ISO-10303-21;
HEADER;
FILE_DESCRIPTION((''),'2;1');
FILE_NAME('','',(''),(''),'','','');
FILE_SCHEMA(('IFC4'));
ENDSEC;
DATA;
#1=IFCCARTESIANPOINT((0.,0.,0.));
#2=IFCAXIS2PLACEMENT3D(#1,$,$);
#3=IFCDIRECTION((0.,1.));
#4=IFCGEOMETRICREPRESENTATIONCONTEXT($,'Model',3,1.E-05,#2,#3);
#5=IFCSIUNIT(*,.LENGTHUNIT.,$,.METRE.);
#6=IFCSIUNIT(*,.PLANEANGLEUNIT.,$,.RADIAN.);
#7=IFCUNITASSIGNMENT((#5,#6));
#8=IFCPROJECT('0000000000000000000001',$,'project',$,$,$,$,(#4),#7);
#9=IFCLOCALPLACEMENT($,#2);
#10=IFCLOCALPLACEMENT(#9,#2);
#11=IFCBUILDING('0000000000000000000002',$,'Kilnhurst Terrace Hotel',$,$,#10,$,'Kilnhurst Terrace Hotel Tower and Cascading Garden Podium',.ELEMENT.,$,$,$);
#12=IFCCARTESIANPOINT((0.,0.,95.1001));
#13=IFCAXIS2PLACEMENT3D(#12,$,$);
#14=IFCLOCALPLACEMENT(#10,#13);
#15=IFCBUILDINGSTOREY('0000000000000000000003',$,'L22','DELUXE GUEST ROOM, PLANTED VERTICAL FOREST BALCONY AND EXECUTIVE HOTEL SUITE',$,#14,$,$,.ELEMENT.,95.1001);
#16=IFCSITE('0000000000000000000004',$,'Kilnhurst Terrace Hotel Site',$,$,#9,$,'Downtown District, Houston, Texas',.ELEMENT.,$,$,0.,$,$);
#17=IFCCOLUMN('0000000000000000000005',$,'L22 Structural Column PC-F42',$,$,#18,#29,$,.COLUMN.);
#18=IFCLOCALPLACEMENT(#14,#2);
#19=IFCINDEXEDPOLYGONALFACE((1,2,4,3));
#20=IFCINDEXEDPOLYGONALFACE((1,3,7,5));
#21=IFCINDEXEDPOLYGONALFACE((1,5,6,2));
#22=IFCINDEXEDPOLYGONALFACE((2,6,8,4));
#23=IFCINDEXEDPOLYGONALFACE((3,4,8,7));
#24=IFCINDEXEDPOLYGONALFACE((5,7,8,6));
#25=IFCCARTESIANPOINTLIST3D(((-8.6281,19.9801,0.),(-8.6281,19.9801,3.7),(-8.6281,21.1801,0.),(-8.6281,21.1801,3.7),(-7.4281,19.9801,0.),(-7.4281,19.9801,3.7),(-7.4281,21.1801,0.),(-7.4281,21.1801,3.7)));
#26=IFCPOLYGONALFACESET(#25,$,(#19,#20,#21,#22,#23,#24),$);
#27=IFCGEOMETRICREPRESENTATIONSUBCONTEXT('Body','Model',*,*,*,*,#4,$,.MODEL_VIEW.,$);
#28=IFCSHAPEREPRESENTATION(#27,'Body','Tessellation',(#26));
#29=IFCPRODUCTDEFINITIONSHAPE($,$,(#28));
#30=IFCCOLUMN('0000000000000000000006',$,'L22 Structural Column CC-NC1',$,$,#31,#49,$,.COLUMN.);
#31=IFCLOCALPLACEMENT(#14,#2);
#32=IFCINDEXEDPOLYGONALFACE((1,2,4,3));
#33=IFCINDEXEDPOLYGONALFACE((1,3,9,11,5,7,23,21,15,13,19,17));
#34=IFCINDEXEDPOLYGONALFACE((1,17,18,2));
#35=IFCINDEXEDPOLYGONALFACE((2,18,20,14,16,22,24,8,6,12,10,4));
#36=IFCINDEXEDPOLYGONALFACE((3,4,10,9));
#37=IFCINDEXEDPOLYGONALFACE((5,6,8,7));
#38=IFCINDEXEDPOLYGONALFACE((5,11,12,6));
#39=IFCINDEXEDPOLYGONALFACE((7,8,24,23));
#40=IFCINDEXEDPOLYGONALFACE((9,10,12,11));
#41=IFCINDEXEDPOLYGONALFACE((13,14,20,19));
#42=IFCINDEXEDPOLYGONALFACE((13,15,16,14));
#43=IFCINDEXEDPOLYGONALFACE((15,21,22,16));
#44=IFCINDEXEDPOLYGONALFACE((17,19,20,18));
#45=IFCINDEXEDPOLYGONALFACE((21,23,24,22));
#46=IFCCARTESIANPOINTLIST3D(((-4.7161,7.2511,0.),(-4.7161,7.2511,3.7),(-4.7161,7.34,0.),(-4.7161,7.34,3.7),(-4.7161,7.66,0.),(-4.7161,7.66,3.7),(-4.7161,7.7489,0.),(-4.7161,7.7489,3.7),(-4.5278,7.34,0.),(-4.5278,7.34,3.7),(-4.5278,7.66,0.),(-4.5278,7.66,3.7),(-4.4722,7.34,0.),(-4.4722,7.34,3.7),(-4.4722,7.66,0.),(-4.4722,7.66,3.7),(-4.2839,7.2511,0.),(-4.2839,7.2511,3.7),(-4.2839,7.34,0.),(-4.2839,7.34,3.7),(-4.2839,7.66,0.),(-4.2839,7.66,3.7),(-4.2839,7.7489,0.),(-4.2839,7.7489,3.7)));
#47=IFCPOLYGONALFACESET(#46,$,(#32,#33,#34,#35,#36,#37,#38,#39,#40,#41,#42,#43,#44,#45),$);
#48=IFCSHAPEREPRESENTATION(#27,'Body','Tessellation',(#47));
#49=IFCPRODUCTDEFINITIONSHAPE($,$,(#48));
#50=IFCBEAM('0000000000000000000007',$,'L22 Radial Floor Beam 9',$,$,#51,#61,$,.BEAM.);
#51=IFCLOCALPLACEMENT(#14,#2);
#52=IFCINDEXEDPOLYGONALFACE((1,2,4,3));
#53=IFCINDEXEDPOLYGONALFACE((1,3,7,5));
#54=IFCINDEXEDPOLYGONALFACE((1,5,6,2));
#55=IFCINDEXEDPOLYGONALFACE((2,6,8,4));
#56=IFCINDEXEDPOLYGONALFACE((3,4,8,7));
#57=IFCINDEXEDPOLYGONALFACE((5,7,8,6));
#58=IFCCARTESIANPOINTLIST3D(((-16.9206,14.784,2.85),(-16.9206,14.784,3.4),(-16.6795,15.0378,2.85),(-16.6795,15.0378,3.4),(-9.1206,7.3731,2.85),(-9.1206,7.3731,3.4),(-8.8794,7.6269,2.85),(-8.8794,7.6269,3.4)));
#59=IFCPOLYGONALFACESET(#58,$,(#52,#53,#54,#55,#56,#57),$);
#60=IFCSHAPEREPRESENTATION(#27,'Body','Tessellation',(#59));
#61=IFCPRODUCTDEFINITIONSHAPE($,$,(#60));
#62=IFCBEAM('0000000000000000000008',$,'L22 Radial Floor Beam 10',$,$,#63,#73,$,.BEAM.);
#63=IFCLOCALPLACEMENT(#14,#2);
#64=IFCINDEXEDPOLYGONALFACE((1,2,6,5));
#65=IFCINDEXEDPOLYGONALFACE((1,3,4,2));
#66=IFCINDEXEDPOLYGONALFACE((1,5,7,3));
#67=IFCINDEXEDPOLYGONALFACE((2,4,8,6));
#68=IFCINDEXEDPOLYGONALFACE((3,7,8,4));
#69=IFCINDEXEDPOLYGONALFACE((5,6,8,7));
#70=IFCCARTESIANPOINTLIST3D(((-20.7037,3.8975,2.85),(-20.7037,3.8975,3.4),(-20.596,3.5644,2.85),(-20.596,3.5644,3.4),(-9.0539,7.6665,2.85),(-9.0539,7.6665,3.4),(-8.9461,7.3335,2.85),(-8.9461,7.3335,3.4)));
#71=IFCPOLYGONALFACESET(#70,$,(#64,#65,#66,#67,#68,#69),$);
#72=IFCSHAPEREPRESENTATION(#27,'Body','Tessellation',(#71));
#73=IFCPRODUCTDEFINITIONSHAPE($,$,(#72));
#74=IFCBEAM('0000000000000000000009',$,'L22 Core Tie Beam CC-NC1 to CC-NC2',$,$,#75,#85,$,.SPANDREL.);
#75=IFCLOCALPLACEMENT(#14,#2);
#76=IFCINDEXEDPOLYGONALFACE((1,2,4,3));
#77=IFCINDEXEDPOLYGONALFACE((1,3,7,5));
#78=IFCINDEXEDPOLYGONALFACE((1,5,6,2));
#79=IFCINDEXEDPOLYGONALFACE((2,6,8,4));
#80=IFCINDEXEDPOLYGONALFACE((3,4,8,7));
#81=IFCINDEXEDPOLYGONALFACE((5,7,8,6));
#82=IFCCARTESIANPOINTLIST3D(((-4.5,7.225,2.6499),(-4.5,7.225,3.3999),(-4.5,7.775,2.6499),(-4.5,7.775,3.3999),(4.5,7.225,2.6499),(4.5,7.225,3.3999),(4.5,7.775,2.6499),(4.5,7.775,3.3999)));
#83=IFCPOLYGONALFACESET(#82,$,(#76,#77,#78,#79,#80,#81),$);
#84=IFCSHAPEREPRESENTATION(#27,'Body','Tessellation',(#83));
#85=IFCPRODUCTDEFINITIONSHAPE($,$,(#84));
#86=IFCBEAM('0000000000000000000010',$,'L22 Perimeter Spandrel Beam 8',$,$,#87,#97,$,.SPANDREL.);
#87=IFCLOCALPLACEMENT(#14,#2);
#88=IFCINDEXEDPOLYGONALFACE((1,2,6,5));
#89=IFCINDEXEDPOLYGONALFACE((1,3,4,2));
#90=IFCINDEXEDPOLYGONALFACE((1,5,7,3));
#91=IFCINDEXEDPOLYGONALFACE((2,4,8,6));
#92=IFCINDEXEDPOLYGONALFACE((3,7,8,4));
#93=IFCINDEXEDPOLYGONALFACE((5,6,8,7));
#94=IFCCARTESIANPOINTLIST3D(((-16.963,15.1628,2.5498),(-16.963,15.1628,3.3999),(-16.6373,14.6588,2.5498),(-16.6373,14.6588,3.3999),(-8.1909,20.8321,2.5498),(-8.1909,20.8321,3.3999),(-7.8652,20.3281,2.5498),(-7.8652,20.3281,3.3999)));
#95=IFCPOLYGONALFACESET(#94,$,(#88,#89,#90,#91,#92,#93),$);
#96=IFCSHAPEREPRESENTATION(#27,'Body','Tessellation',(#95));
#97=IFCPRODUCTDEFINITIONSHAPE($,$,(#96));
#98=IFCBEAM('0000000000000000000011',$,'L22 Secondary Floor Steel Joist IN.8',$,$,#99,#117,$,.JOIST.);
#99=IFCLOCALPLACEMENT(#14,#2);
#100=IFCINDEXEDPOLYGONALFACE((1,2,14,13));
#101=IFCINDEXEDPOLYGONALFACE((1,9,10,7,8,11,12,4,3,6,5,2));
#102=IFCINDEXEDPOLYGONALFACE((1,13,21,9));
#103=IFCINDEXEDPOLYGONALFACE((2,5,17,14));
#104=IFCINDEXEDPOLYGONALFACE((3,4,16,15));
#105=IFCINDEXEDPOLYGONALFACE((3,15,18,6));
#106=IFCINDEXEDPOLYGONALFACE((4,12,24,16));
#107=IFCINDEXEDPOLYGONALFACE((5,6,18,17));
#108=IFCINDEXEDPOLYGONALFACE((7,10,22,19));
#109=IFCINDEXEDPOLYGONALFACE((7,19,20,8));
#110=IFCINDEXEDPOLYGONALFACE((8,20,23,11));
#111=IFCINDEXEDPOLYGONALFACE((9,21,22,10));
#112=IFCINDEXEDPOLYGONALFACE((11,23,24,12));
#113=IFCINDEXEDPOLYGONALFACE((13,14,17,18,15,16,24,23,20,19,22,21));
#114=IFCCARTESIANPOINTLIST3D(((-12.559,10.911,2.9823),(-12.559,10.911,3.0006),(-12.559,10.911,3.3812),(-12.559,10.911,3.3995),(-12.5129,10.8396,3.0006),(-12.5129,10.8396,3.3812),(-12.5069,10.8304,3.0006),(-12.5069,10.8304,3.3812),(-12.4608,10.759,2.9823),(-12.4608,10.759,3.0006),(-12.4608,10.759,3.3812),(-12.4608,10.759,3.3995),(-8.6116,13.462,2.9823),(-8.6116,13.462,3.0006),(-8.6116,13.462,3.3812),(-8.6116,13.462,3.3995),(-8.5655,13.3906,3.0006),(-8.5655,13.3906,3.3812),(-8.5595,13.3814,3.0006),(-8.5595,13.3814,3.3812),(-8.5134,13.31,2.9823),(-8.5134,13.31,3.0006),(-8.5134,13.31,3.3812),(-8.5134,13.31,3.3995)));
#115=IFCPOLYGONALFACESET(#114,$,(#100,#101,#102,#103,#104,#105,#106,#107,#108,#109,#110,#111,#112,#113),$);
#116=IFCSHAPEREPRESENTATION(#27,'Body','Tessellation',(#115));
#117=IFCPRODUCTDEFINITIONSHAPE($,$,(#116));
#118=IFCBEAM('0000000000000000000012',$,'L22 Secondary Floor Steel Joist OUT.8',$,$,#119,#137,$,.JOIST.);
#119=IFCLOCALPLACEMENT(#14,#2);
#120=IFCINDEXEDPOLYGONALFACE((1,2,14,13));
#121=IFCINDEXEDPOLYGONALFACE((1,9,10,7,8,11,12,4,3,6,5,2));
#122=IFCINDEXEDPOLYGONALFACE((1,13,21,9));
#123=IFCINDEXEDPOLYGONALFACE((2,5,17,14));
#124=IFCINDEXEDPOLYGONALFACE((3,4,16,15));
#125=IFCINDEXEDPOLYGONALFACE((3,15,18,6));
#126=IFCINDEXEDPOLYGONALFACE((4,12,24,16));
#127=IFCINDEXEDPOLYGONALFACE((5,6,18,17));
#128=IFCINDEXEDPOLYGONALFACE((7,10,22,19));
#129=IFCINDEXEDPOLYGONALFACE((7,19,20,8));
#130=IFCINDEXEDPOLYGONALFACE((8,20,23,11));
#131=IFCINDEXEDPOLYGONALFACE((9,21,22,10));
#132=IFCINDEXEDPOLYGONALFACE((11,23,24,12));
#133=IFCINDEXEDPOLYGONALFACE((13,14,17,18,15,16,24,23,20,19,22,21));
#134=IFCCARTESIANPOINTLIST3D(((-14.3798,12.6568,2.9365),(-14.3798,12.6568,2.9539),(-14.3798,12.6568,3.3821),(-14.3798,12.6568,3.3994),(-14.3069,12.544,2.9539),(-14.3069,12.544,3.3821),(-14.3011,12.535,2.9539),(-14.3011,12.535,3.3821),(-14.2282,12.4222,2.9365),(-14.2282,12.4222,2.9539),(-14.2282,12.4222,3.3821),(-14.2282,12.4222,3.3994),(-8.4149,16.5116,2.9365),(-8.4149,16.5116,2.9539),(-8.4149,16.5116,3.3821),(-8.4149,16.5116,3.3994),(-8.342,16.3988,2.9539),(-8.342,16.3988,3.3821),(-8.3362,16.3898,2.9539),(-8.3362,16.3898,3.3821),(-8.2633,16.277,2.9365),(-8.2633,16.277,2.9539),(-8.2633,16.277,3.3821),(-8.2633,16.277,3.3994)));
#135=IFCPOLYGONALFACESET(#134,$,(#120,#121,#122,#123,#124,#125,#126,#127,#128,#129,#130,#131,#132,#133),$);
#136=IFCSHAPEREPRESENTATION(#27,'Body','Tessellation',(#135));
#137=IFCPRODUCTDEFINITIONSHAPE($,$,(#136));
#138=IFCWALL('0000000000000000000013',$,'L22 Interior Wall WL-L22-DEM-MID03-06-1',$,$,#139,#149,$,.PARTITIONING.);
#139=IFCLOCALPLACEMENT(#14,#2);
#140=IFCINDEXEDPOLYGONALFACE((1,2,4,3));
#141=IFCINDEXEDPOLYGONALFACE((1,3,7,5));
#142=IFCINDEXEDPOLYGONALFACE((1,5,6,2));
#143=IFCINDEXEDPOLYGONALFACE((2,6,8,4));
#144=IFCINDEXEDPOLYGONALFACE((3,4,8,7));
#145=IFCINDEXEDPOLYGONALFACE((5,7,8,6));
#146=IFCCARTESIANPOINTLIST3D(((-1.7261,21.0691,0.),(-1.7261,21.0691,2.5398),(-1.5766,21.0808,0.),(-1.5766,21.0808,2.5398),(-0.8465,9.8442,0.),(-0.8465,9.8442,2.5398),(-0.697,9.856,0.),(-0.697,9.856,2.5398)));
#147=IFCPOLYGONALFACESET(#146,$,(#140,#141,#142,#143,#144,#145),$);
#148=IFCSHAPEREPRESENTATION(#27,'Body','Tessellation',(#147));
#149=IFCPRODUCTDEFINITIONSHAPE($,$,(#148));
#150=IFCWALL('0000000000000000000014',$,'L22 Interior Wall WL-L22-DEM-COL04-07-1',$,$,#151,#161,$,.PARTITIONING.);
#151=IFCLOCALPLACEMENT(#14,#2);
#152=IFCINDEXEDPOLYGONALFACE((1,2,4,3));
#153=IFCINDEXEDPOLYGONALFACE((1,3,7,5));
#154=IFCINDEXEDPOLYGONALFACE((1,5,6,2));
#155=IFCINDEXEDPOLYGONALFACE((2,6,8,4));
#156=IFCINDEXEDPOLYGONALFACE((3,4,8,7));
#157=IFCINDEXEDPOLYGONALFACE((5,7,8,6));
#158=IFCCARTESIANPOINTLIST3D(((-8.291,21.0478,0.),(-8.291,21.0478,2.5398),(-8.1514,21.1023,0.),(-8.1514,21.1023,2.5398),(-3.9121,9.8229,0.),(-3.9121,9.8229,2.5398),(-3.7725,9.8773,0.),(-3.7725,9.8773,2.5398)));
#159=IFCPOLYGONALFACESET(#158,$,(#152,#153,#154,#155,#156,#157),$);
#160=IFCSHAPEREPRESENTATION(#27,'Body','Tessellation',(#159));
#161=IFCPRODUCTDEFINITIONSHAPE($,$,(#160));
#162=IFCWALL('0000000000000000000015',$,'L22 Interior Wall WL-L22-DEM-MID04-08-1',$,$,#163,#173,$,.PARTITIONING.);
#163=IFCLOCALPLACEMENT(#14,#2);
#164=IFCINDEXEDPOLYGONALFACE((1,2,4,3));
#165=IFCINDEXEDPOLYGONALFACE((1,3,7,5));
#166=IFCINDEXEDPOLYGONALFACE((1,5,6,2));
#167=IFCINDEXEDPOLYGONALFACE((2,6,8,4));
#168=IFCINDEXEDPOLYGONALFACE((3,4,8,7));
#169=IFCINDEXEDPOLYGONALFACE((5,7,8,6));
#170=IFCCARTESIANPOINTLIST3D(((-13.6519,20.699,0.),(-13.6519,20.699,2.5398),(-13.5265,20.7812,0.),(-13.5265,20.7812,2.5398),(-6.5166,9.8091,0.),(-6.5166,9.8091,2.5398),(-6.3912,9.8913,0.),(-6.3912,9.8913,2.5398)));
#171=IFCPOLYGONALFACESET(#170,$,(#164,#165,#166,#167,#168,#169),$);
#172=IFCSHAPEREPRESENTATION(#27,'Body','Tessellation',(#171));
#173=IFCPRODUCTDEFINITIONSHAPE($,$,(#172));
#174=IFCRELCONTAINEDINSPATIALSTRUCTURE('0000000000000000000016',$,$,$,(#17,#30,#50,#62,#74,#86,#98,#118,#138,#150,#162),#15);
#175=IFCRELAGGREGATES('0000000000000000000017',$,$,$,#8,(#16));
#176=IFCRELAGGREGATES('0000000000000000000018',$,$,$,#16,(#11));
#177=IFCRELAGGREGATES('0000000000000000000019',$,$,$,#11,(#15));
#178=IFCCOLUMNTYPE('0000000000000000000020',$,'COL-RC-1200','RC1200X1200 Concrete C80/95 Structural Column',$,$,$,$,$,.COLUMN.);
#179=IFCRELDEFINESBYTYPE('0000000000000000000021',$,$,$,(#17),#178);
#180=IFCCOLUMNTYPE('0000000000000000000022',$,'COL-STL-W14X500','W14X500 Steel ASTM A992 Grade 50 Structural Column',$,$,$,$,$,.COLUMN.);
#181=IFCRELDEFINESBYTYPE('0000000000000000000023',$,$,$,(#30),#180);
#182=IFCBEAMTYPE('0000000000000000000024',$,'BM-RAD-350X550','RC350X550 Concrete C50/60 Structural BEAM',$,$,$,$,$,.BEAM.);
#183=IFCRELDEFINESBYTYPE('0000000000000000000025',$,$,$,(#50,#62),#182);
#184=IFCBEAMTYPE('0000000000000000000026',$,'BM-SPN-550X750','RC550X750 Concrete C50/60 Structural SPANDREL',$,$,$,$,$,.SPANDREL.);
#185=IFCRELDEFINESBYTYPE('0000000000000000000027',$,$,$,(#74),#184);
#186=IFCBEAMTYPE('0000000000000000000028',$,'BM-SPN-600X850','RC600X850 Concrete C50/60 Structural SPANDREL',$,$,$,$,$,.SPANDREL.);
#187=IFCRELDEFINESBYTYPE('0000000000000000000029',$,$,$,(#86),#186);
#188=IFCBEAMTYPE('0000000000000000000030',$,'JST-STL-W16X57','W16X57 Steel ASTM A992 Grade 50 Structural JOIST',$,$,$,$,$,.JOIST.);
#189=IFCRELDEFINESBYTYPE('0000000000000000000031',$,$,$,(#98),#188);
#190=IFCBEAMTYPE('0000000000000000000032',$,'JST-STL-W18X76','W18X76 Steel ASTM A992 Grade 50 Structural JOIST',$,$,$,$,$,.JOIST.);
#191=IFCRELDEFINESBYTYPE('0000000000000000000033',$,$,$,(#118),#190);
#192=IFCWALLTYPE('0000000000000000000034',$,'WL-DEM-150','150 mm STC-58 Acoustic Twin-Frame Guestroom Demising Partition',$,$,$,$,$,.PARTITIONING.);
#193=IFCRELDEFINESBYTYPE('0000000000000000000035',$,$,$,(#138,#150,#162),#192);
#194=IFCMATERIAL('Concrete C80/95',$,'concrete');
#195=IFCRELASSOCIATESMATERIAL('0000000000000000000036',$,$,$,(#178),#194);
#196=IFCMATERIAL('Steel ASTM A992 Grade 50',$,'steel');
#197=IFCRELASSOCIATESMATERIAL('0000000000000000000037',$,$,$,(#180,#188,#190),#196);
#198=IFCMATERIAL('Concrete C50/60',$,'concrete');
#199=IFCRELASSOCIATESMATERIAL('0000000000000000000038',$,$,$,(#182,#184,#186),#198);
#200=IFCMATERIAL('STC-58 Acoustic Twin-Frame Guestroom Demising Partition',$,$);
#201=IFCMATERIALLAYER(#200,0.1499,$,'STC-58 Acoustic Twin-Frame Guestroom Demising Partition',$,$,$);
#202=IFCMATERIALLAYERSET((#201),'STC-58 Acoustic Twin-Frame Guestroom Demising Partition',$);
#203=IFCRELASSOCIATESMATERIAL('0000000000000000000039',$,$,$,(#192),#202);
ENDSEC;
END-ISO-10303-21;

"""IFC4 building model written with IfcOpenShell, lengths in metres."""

from ifc_helpers import new_model, si_unit, direction, frame, frame_2d, origin, origin_2d, place, context, subcontext, project, spatial, rectangle, i_section, extrude, material, layer, layer_set, material_profile, profile_set, type_object, element, save


model = new_model("IFC4")

# Units and contexts
model_context = context("Model", 3, precision=1e-05, world=origin(), true_north=direction((0.0, 1.0)))
body_context = subcontext(model_context, "Body", "Model", "MODEL_VIEW")
ifc_project = project(units=[si_unit("LENGTHUNIT", "METRE"), si_unit("PLANEANGLEUNIT", "RADIAN")], contexts=[model_context])

# Site, building, storey
site_placement = place(None, origin())
site = spatial("IfcSite", under=ifc_project, at=site_placement, Name="Kilnhurst Terrace Hotel Site", LongName="Downtown District, Houston, Texas", CompositionType="ELEMENT", RefElevation=0.0)
building_placement = place(site_placement, origin())
building = spatial("IfcBuilding", under=site, at=building_placement, Name="Kilnhurst Terrace Hotel", LongName="Kilnhurst Terrace Hotel Tower and Cascading Garden Podium", CompositionType="ELEMENT")
storey_placement = place(building_placement, frame((0.0, 0.0, 95.1001)))
storey = spatial("IfcBuildingStorey", under=building, at=storey_placement, Name="L22", Description="DELUXE GUEST ROOM, PLANTED VERTICAL FOREST BALCONY AND EXECUTIVE HOTEL SUITE", CompositionType="ELEMENT", Elevation=95.1001)

# Columns
ifc_material_1 = material(Name="Concrete C80/95", Category="concrete")
ifc_material_profile_1 = material_profile(ifc_material_1, rectangle(XDim=1.2, YDim=1.2, at=origin_2d()), Name="RC1200X1200")
ifc_profile_set_1 = profile_set([ifc_material_profile_1], Name="Concrete C80/95")
column_type_1 = type_object("IfcColumnType", Name="COL-RC-1200", Description="RC1200X1200 Concrete C80/95 Structural Column", PredefinedType="COLUMN", material=ifc_profile_set_1)
column_1_placement = place(storey_placement, frame((-8.0281, 20.5801, 0.0), z_axis=(0.0, 0.0, 1.0), x_axis=(1.0, 0.0, 0.0)))
element("IfcColumn", 1, at=column_1_placement, inside=storey, type_object=column_type_1, Name="L22 Structural Column PC-F42", PredefinedType="COLUMN", context=body_context, shape_type="SweptSolid", body=[
    extrude(rectangle(XDim=1.2, YDim=1.2, at=origin_2d()), origin(), (0.0, 0.0, 1.0), 3.7),
])
ifc_material_2 = material(Name="Steel ASTM A992 Grade 50", Category="steel")
ifc_material_profile_2 = material_profile(ifc_material_2, i_section(OverallWidth=0.4321, OverallDepth=0.4978, WebThickness=0.0557, FlangeThickness=0.0889, at=origin_2d()), Name="W14X500")
ifc_profile_set_2 = profile_set([ifc_material_profile_2], Name="Steel ASTM A992 Grade 50")
column_type_2 = type_object("IfcColumnType", Name="COL-STL-W14X500", Description="W14X500 Steel ASTM A992 Grade 50 Structural Column", PredefinedType="COLUMN", material=ifc_profile_set_2)
column_2_placement = place(storey_placement, frame((-4.5, 7.5, 0.0), z_axis=(0.0, 0.0, 1.0), x_axis=(1.0, 0.0, 0.0)))
element("IfcColumn", 2, at=column_2_placement, inside=storey, type_object=column_type_2, Name="L22 Structural Column CC-NC1", PredefinedType="COLUMN", context=body_context, shape_type="SweptSolid", body=[
    extrude(i_section(OverallWidth=0.4321, OverallDepth=0.4978, WebThickness=0.0557, FlangeThickness=0.0889, at=origin_2d()), origin(), (0.0, 0.0, 1.0), 3.7),
])

# Beams
ifc_material_3 = material(Name="Concrete C50/60", Category="concrete")
ifc_material_profile_3 = material_profile(ifc_material_3, rectangle(XDim=0.3501, YDim=0.55, at=origin_2d()), Name="RC350X550")
ifc_profile_set_3 = profile_set([ifc_material_profile_3], Name="Concrete C50/60")
beam_type_1 = type_object("IfcBeamType", Name="BM-RAD-350X550", Description="RC350X550 Concrete C50/60 Structural BEAM", PredefinedType="BEAM", material=ifc_profile_set_3)
beam_1_placement = place(storey_placement, frame((-9.0, 7.5, 3.125), z_axis=(-0.72496, 0.688791, 0.0), x_axis=(-0.688791, -0.72496, 0.0)))
element("IfcBeam", 3, at=beam_1_placement, inside=storey, type_object=beam_type_1, Name="L22 Radial Floor Beam 9", PredefinedType="BEAM", context=body_context, shape_type="SweptSolid", body=[
    extrude(rectangle(XDim=0.3501, YDim=0.55, at=origin_2d()), origin(), (0.0, 0.0, 1.0), 10.7593),
])
beam_2_placement = place(storey_placement, frame((-9.0, 7.5, 3.125), z_axis=(-0.951446, -0.307817, 0.0), x_axis=(0.307817, -0.951446, 0.0)))
element("IfcBeam", 4, at=beam_2_placement, inside=storey, type_object=beam_type_1, Name="L22 Radial Floor Beam 10", PredefinedType="BEAM", context=body_context, shape_type="SweptSolid", body=[
    extrude(rectangle(XDim=0.3501, YDim=0.55, at=origin_2d()), origin(), (0.0, 0.0, 1.0), 12.2444),
])
ifc_material_profile_4 = material_profile(ifc_material_3, rectangle(XDim=0.55, YDim=0.75, at=origin_2d()), Name="RC550X750")
ifc_profile_set_4 = profile_set([ifc_material_profile_4], Name="Concrete C50/60")
beam_type_2 = type_object("IfcBeamType", Name="BM-SPN-550X750", Description="RC550X750 Concrete C50/60 Structural SPANDREL", PredefinedType="SPANDREL", material=ifc_profile_set_4)
beam_3_placement = place(storey_placement, frame((-4.5, 7.5, 3.0249), z_axis=(1.0, 0.0, 0.0), x_axis=(0.0, 1.0, 0.0)))
element("IfcBeam", 5, at=beam_3_placement, inside=storey, type_object=beam_type_2, Name="L22 Core Tie Beam CC-NC1 to CC-NC2", PredefinedType="SPANDREL", context=body_context, shape_type="SweptSolid", body=[
    extrude(rectangle(XDim=0.55, YDim=0.75, at=origin_2d()), origin(), (0.0, 0.0, 1.0), 9.0),
])
ifc_material_profile_5 = material_profile(ifc_material_3, rectangle(XDim=0.6001, YDim=0.8501, at=origin_2d()), Name="RC600X850")
ifc_profile_set_5 = profile_set([ifc_material_profile_5], Name="Concrete C50/60")
beam_type_3 = type_object("IfcBeamType", Name="BM-SPN-600X850", Description="RC600X850 Concrete C50/60 Structural SPANDREL", PredefinedType="SPANDREL", material=ifc_profile_set_5)
beam_4_placement = place(storey_placement, frame((-8.0281, 20.5801, 2.9749), z_axis=(-0.839867, -0.542793, 0.0), x_axis=(0.542793, -0.839867, 0.0)))
element("IfcBeam", 6, at=beam_4_placement, inside=storey, type_object=beam_type_3, Name="L22 Perimeter Spandrel Beam 8", PredefinedType="SPANDREL", context=body_context, shape_type="SweptSolid", body=[
    extrude(rectangle(XDim=0.6001, YDim=0.8501, at=origin_2d()), origin(), (0.0, 0.0, 1.0), 10.4446),
])
ifc_material_profile_6 = material_profile(ifc_material_2, i_section(OverallWidth=0.1809, OverallDepth=0.4172, WebThickness=0.011, FlangeThickness=0.0183, at=origin_2d()), Name="W16X57")
ifc_profile_set_6 = profile_set([ifc_material_profile_6], Name="Steel ASTM A992 Grade 50")
beam_type_4 = type_object("IfcBeamType", Name="JST-STL-W16X57", Description="W16X57 Steel ASTM A992 Grade 50 Structural JOIST", PredefinedType="JOIST", material=ifc_profile_set_6)
beam_5_placement = place(storey_placement, frame((-8.5625, 13.386, 3.1909), z_axis=(-0.839885, -0.542764, 0.0), x_axis=(0.542764, -0.839885, 0.0)))
element("IfcBeam", 7, at=beam_5_placement, inside=storey, type_object=beam_type_4, Name="L22 Secondary Floor Steel Joist IN.8", PredefinedType="JOIST", context=body_context, shape_type="SweptSolid", body=[
    extrude(i_section(OverallWidth=0.1809, OverallDepth=0.4172, WebThickness=0.011, FlangeThickness=0.0183, at=origin_2d()), origin(), (0.0, 0.0, 1.0), 4.7),
])
ifc_material_profile_7 = material_profile(ifc_material_2, i_section(OverallWidth=0.2793, OverallDepth=0.4629, WebThickness=0.0107, FlangeThickness=0.0173, at=origin_2d()), Name="W18X76")
ifc_profile_set_7 = profile_set([ifc_material_profile_7], Name="Steel ASTM A992 Grade 50")
beam_type_5 = type_object("IfcBeamType", Name="JST-STL-W18X76", Description="W18X76 Steel ASTM A992 Grade 50 Structural JOIST", PredefinedType="JOIST", material=ifc_profile_set_7)
beam_6_placement = place(storey_placement, frame((-8.3391, 16.3943, 3.168), z_axis=(-0.839883, -0.542768, 0.0), x_axis=(0.542768, -0.839883, 0.0)))
element("IfcBeam", 8, at=beam_6_placement, inside=storey, type_object=beam_type_5, Name="L22 Secondary Floor Steel Joist OUT.8", PredefinedType="JOIST", context=body_context, shape_type="SweptSolid", body=[
    extrude(i_section(OverallWidth=0.2793, OverallDepth=0.4629, WebThickness=0.0107, FlangeThickness=0.0173, at=origin_2d()), origin(), (0.0, 0.0, 1.0), 7.1021),
])

# Walls
ifc_material_4 = material(Name="STC-58 Acoustic Twin-Frame Guestroom Demising Partition")
ifc_layer_1 = layer(ifc_material_4, 0.1499, Name="STC-58 Acoustic Twin-Frame Guestroom Demising Partition")
ifc_layer_set_1 = layer_set([ifc_layer_1], Name="STC-58 Acoustic Twin-Frame Guestroom Demising Partition")
wall_type_1 = type_object("IfcWallType", Name="WL-DEM-150", Description="150 mm STC-58 Acoustic Twin-Frame Guestroom Demising Partition", PredefinedType="PARTITIONING", material=ifc_layer_set_1)
wall_1_placement = place(storey_placement, frame((-0.7717, 9.8501, 0.0), z_axis=(0.0, 0.0, 1.0), x_axis=(-0.078126, 0.996944, 0.0)))
element("IfcWall", 9, at=wall_1_placement, inside=storey, type_object=wall_type_1, Name="L22 Interior Wall WL-L22-DEM-MID03-06-1", PredefinedType="PARTITIONING", context=body_context, shape_type="SweptSolid", body=[
    extrude(rectangle(XDim=11.2593, YDim=0.1499, at=frame_2d((5.6296, 0.0))), origin(), (0.0, 0.0, 1.0), 2.5398),
])
wall_2_placement = place(storey_placement, frame((-3.8423, 9.8501, 0.0), z_axis=(0.0, 0.0, 1.0), x_axis=(-0.363433, 0.93162, 0.0)))
element("IfcWall", 10, at=wall_2_placement, inside=storey, type_object=wall_type_1, Name="L22 Interior Wall WL-L22-DEM-COL04-07-1", PredefinedType="PARTITIONING", context=body_context, shape_type="SweptSolid", body=[
    extrude(rectangle(XDim=12.0488, YDim=0.1499, at=frame_2d((6.0244, 0.0))), origin(), (0.0, 0.0, 1.0), 2.5398),
])
wall_3_placement = place(storey_placement, frame((-6.4539, 9.8501, 0.0), z_axis=(0.0, 0.0, 1.0), x_axis=(-0.548053, 0.836444, 0.0)))
element("IfcWall", 11, at=wall_3_placement, inside=storey, type_object=wall_type_1, Name="L22 Interior Wall WL-L22-DEM-MID04-08-1", PredefinedType="PARTITIONING", context=body_context, shape_type="SweptSolid", body=[
    extrude(rectangle(XDim=13.0193, YDim=0.1499, at=frame_2d((6.5098, 0.0))), origin(), (0.0, 0.0, 1.0), 2.5398),
])

save(model, "model.ifc")
